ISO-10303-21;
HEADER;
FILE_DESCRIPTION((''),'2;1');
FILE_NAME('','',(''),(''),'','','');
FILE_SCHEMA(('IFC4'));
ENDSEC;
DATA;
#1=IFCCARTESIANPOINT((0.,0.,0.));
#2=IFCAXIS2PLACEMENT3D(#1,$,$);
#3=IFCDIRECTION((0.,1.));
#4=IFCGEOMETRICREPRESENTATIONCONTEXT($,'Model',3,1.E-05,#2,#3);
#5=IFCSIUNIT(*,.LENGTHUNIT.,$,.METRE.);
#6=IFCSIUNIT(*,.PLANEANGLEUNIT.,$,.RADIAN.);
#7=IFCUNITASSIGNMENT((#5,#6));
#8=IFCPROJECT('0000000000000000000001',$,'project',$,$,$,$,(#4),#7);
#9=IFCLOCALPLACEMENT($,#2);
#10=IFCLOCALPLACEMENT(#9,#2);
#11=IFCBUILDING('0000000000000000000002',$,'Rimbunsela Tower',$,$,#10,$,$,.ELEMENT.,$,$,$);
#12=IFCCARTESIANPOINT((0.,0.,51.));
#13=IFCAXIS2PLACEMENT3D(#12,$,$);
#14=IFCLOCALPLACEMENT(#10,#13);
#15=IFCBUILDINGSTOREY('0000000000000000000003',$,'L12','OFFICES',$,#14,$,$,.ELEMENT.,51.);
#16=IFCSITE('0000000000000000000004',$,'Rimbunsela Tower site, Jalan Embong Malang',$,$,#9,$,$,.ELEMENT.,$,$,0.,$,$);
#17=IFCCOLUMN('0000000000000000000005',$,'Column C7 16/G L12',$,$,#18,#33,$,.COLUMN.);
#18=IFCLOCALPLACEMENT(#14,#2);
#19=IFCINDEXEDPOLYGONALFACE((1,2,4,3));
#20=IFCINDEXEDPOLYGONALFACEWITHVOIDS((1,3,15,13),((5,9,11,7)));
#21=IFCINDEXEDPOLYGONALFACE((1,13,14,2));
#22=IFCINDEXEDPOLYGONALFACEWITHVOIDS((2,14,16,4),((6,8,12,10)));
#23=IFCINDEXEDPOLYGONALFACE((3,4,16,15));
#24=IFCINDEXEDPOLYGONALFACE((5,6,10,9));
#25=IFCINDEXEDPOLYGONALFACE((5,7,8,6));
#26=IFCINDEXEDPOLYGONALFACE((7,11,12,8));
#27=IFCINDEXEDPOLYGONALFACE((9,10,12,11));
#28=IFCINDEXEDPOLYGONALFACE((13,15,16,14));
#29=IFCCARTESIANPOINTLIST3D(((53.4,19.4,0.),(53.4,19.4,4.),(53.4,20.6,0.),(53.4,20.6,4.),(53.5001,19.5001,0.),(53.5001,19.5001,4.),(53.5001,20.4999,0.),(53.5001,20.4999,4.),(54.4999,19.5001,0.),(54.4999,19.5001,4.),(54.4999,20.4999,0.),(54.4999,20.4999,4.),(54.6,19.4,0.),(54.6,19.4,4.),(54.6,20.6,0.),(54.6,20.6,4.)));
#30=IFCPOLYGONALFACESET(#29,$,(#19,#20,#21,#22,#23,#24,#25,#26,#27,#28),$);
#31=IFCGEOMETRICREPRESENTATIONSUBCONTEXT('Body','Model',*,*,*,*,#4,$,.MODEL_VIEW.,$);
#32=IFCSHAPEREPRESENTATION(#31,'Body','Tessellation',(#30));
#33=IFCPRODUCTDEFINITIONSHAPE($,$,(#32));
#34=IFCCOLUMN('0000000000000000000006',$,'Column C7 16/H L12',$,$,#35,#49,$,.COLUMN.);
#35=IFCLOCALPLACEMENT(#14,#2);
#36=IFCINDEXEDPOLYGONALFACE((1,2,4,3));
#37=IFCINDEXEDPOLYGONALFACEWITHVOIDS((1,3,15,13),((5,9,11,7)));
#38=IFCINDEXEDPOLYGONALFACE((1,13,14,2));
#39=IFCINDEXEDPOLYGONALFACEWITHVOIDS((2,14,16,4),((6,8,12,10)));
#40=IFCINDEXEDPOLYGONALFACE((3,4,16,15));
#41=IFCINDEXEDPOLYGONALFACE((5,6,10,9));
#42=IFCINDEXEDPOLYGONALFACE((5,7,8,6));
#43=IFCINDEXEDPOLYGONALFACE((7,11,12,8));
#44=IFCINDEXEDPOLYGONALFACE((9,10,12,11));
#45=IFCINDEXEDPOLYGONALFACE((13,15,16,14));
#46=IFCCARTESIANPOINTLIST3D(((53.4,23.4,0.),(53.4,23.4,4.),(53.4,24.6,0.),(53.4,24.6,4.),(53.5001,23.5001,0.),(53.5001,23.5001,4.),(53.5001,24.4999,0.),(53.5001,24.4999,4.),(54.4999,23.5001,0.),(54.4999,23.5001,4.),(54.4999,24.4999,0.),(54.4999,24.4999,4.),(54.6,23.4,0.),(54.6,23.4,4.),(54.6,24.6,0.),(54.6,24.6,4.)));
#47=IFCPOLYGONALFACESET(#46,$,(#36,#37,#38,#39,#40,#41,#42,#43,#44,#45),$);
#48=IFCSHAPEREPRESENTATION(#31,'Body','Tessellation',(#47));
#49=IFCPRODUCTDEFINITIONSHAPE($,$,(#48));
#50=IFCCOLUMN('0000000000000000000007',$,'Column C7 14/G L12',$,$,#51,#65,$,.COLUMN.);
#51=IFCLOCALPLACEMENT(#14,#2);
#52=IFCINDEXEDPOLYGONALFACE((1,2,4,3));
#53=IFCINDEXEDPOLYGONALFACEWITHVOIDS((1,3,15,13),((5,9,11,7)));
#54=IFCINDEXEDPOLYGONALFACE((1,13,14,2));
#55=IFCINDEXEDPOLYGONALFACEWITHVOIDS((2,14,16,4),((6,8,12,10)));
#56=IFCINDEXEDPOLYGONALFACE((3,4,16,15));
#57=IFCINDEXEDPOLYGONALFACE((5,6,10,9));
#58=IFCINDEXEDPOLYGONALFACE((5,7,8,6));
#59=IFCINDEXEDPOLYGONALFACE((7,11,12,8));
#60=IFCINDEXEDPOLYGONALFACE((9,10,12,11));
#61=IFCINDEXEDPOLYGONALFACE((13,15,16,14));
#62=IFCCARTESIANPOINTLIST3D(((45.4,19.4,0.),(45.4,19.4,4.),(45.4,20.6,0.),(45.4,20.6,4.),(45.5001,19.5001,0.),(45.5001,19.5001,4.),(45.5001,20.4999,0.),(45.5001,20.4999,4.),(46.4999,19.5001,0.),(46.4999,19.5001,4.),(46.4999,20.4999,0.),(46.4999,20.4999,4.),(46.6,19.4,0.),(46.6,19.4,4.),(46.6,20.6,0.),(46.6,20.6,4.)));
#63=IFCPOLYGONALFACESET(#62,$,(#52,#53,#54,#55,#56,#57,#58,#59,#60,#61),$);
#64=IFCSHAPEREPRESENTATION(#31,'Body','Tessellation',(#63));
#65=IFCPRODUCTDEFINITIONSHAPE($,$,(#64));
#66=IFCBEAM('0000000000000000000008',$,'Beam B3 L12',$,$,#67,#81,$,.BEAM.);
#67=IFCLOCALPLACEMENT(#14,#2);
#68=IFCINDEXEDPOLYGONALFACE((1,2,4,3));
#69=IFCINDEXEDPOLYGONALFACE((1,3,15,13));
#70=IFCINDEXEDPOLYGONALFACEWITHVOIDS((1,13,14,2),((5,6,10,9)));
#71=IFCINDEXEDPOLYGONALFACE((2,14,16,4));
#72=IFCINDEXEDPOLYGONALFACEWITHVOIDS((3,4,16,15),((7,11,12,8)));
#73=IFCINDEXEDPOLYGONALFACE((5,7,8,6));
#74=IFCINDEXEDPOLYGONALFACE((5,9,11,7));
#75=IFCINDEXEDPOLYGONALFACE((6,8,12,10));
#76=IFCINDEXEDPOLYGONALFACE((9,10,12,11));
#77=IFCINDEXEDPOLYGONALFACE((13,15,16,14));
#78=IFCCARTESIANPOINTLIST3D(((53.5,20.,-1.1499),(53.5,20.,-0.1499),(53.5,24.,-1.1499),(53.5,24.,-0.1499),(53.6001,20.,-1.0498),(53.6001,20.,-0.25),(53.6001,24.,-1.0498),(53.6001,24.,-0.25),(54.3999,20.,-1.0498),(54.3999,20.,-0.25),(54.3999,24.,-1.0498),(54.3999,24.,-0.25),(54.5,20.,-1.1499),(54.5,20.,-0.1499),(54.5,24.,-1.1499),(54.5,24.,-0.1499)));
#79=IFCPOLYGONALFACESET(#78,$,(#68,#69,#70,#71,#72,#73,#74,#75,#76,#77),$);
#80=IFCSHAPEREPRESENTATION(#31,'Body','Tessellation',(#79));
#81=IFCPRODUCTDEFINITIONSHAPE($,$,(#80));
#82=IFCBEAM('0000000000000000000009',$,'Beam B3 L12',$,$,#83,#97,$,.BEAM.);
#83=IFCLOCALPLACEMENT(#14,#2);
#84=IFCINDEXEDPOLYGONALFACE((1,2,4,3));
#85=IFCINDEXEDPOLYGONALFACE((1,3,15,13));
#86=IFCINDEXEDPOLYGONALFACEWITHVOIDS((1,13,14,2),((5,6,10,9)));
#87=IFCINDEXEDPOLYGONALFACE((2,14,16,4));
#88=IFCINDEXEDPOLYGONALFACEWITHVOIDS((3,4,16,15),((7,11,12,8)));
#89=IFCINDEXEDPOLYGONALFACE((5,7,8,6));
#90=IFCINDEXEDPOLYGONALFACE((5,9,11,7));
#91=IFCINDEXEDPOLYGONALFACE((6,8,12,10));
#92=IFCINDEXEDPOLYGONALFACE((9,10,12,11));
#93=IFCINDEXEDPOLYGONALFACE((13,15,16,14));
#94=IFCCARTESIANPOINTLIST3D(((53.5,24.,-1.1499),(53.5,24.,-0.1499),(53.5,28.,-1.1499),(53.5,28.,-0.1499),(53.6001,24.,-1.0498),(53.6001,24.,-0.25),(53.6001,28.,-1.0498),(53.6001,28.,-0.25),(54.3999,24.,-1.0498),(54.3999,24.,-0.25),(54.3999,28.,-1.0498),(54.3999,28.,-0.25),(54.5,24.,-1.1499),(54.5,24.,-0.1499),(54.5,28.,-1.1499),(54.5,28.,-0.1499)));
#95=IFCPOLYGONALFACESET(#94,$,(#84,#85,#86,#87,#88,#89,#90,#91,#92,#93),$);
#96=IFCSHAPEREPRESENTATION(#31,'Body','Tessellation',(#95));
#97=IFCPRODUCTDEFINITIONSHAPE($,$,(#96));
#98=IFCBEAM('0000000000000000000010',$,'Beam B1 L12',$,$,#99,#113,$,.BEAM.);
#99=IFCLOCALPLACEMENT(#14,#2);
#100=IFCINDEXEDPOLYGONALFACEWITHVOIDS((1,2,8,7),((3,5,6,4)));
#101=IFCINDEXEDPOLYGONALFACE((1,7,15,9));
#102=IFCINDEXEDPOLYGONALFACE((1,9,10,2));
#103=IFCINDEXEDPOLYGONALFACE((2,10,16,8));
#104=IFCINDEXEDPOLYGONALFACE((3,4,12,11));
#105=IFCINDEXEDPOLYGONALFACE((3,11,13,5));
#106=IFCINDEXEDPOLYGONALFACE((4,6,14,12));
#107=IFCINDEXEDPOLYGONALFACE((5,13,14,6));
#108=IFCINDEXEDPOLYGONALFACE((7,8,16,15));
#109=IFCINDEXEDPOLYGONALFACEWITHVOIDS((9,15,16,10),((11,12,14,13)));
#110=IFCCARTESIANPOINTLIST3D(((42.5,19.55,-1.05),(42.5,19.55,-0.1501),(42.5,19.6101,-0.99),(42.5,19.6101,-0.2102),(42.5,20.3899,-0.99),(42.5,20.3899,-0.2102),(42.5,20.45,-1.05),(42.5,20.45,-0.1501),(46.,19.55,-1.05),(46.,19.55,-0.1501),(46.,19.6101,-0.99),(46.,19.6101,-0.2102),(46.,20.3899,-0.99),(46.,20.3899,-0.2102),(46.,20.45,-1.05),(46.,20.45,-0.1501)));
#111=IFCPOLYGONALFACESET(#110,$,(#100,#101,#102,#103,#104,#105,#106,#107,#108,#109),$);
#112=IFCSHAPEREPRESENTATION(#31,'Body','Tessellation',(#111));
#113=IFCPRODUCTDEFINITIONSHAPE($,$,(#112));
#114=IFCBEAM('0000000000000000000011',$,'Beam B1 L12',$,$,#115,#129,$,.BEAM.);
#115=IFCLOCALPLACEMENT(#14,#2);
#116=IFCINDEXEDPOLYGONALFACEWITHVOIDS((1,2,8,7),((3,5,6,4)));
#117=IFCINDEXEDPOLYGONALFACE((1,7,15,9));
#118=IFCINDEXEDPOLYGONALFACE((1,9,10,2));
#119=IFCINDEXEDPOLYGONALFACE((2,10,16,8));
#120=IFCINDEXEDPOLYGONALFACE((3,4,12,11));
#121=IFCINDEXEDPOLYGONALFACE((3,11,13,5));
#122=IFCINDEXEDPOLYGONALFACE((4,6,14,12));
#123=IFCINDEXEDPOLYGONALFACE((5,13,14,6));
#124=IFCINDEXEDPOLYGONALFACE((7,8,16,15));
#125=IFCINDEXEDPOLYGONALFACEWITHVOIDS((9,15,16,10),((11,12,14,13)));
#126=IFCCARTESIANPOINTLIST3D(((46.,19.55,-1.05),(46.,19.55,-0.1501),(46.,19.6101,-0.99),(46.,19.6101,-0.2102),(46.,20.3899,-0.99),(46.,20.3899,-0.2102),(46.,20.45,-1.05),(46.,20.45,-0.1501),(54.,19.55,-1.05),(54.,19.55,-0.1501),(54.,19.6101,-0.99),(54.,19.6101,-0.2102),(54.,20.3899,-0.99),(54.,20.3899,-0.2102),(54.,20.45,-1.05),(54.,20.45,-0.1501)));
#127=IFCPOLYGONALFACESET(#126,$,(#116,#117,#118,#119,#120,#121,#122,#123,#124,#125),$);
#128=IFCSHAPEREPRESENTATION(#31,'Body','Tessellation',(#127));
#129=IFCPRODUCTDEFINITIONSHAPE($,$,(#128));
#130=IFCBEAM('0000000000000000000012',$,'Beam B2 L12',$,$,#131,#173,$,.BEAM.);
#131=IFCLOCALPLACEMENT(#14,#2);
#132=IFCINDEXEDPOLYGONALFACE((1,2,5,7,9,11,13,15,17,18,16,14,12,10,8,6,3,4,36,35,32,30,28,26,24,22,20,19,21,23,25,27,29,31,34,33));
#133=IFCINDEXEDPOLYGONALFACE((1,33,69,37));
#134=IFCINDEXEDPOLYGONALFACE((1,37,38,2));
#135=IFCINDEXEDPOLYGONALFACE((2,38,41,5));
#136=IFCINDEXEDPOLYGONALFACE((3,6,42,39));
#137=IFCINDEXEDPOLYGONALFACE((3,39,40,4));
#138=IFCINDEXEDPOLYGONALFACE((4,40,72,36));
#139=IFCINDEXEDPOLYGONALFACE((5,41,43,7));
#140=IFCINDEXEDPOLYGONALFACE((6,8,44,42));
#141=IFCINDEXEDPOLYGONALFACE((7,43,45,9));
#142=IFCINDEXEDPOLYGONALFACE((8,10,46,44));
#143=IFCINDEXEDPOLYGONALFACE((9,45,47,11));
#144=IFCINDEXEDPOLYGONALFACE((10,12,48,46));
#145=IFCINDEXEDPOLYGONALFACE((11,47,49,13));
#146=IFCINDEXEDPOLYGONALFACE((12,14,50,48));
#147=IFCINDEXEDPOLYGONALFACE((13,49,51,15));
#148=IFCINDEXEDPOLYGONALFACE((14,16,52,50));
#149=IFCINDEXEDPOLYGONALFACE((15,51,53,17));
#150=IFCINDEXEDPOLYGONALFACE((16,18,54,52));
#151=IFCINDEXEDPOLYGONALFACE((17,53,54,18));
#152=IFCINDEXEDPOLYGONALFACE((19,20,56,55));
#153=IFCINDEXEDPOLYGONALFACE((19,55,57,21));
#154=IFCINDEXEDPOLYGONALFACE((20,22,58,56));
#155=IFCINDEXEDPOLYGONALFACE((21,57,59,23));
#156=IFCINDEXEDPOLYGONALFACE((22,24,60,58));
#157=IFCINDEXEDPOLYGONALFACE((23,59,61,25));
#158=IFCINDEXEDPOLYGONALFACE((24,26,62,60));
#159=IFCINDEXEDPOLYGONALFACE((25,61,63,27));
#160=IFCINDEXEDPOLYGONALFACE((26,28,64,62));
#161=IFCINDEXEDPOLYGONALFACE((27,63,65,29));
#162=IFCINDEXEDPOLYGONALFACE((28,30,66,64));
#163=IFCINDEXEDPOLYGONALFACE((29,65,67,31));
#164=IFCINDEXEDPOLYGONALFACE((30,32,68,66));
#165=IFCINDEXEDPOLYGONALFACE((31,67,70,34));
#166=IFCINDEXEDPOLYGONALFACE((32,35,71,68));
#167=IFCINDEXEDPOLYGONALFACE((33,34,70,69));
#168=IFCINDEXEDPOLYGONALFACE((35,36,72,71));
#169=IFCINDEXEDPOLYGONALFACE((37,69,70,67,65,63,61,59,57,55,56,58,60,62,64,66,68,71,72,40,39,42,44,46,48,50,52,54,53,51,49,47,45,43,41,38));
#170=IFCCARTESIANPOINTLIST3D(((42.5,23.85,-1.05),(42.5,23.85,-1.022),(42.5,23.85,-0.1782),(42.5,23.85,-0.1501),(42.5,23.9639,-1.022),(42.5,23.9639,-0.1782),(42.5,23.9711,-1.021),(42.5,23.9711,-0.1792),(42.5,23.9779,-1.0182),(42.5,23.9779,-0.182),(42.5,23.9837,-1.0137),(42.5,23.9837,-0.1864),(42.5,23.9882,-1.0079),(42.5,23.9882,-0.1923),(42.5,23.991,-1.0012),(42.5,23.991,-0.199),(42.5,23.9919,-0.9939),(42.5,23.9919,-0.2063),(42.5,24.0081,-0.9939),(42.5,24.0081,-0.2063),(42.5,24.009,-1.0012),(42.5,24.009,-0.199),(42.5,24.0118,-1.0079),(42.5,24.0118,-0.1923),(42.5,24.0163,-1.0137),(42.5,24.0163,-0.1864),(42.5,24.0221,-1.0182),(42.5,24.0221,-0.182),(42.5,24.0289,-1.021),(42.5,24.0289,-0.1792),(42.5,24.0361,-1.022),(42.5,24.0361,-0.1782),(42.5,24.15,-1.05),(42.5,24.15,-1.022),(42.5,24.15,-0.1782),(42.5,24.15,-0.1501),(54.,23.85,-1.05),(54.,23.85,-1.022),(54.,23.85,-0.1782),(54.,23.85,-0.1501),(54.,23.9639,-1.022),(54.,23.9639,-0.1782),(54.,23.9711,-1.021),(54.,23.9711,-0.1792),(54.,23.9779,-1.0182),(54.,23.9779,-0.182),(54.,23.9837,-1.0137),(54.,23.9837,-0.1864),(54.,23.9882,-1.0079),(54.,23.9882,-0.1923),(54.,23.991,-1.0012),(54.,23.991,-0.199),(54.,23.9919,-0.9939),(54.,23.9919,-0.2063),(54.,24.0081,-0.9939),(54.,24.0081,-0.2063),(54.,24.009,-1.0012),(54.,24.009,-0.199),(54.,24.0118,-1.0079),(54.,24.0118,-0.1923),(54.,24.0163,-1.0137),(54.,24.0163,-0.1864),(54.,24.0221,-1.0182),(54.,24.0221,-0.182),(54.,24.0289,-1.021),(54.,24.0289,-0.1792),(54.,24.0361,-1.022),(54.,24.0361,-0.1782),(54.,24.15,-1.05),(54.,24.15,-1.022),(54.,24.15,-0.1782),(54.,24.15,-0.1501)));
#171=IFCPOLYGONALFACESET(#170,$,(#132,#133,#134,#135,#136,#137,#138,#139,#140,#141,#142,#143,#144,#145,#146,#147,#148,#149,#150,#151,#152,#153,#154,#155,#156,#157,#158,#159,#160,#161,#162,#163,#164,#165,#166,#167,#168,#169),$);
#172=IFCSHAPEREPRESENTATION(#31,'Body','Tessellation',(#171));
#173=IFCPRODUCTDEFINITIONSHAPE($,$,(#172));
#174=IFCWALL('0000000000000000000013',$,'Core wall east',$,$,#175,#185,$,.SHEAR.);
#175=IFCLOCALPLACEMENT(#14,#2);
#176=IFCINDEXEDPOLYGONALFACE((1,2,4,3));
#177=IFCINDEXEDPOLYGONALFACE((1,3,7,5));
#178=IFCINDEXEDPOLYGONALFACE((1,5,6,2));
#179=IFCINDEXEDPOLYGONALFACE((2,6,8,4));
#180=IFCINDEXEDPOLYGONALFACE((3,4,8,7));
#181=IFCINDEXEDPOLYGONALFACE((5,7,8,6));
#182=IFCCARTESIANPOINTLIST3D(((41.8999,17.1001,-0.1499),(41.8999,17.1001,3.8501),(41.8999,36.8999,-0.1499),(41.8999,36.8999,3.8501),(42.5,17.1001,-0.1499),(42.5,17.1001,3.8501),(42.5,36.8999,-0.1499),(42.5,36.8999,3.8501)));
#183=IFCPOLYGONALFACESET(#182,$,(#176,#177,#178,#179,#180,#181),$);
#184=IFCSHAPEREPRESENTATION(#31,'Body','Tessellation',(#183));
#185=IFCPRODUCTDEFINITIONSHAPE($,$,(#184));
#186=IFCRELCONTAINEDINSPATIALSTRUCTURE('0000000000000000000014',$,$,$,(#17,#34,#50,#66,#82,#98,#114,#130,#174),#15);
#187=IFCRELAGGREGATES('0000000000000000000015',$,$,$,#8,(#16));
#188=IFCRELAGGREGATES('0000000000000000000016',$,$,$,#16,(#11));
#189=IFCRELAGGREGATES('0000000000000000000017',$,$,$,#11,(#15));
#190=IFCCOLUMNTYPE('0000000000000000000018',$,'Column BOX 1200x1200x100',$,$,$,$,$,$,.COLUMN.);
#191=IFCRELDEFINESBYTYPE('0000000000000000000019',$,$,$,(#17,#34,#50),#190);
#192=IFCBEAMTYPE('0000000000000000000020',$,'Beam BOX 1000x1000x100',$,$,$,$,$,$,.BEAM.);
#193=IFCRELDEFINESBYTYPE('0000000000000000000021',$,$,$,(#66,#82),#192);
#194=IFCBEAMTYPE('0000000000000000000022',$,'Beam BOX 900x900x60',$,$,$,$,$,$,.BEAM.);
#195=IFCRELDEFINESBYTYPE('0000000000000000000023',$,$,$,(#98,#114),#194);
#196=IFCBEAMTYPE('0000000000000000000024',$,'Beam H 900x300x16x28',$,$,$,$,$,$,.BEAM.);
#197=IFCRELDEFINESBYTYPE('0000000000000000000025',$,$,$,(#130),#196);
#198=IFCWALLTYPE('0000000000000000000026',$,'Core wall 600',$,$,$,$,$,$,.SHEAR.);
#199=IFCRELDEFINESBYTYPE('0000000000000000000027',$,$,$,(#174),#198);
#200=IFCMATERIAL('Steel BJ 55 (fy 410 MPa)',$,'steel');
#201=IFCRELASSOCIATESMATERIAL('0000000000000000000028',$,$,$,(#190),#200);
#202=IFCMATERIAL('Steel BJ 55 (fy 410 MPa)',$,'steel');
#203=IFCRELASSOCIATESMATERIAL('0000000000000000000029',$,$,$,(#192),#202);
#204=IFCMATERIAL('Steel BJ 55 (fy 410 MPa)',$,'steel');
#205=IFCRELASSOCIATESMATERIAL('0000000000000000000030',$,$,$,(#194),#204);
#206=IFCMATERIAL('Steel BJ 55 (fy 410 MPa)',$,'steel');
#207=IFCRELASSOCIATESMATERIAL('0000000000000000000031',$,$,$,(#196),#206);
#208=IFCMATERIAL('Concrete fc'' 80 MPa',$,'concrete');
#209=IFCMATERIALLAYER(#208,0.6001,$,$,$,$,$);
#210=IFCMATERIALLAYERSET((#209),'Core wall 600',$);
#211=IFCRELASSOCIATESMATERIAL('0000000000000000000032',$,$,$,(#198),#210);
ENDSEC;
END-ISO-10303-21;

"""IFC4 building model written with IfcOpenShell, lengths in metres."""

from ifc_helpers import new_model, si_unit, direction, frame, frame_2d, origin, origin_2d, place, context, subcontext, project, spatial, rectangle, hollow_rectangle, i_section, extrude, material, layer, layer_set, material_profile, profile_set, type_object, element, save


model = new_model("IFC4")

# Units and contexts
model_context = context("Model", 3, precision=1e-05, world=origin(), true_north=direction((0.0, 1.0)))
body_context = subcontext(model_context, "Body", "Model", "MODEL_VIEW")
ifc_project = project(units=[si_unit("LENGTHUNIT", "METRE"), si_unit("PLANEANGLEUNIT", "RADIAN")], contexts=[model_context])

# Site, building, storey
site_placement = place(None, origin())
site = spatial("IfcSite", under=ifc_project, at=site_placement, Name="Rimbunsela Tower site, Jalan Embong Malang", CompositionType="ELEMENT", RefElevation=0.0)
building_placement = place(site_placement, origin())
building = spatial("IfcBuilding", under=site, at=building_placement, Name="Rimbunsela Tower", CompositionType="ELEMENT")
storey_placement = place(building_placement, frame((0.0, 0.0, 51.0)))
storey = spatial("IfcBuildingStorey", under=building, at=storey_placement, Name="L12", Description="OFFICES", CompositionType="ELEMENT", Elevation=51.0)

# Columns
ifc_material_1 = material(Name="Steel BJ 55 (fy 410 MPa)", Category="steel")
ifc_material_profile_1 = material_profile(ifc_material_1, hollow_rectangle(XDim=1.2, YDim=1.2, WallThickness=0.1001, at=origin_2d()), Name="BOX 1200x1200x100")
ifc_profile_set_1 = profile_set([ifc_material_profile_1], Name="Steel BJ 55 (fy 410 MPa)")
column_type = type_object("IfcColumnType", Name="Column BOX 1200x1200x100", PredefinedType="COLUMN", material=ifc_profile_set_1)
for number, where, z_axis, x_axis, name in (
    (1, (54.0, 20.0, 0.0), (0.0, 0.0, 1.0), (1.0, 0.0, 0.0), "Column C7 16/G L12"),
    (2, (54.0, 24.0, 0.0), (0.0, 0.0, 1.0), (1.0, 0.0, 0.0), "Column C7 16/H L12"),
    (3, (46.0, 20.0, 0.0), (0.0, 0.0, 1.0), (1.0, 0.0, 0.0), "Column C7 14/G L12"),
):
    element("IfcColumn", number, at=place(storey_placement, frame(where, z_axis=z_axis, x_axis=x_axis)), inside=storey, type_object=column_type, Name=name, PredefinedType="COLUMN", context=body_context, shape_type="SweptSolid", body=[
        extrude(hollow_rectangle(XDim=1.2, YDim=1.2, WallThickness=0.1001, at=origin_2d()), origin(), (0.0, 0.0, 1.0), 4.0),
    ])

# Beams
ifc_material_2 = material(Name="Steel BJ 55 (fy 410 MPa)", Category="steel")
ifc_material_profile_2 = material_profile(ifc_material_2, hollow_rectangle(XDim=1.0, YDim=1.0, WallThickness=0.1001, at=origin_2d()), Name="BOX 1000x1000x100")
ifc_profile_set_2 = profile_set([ifc_material_profile_2], Name="Steel BJ 55 (fy 410 MPa)")
beam_type_1 = type_object("IfcBeamType", Name="Beam BOX 1000x1000x100", PredefinedType="BEAM", material=ifc_profile_set_2)
for number, where, z_axis, x_axis, name in (
    (4, (54.0, 20.0, -0.6499), (0.0, 1.0, 0.0), (-1.0, 0.0, 0.0), "Beam B3 L12"),
    (5, (54.0, 24.0, -0.6499), (0.0, 1.0, 0.0), (-1.0, 0.0, 0.0), "Beam B3 L12"),
):
    element("IfcBeam", number, at=place(storey_placement, frame(where, z_axis=z_axis, x_axis=x_axis)), inside=storey, type_object=beam_type_1, Name=name, PredefinedType="BEAM", context=body_context, shape_type="SweptSolid", body=[
        extrude(hollow_rectangle(XDim=1.0, YDim=1.0, WallThickness=0.1001, at=origin_2d()), origin(), (0.0, 0.0, 1.0), 4.0),
    ])
ifc_material_3 = material(Name="Steel BJ 55 (fy 410 MPa)", Category="steel")
ifc_material_profile_3 = material_profile(ifc_material_3, hollow_rectangle(XDim=0.8999, YDim=0.8999, WallThickness=0.0601, at=origin_2d()), Name="BOX 900x900x60")
ifc_profile_set_3 = profile_set([ifc_material_profile_3], Name="Steel BJ 55 (fy 410 MPa)")
beam_type_2 = type_object("IfcBeamType", Name="Beam BOX 900x900x60", PredefinedType="BEAM", material=ifc_profile_set_3)
beam_1_placement = place(storey_placement, frame((42.5, 20.0, -0.6001), z_axis=(1.0, 0.0, 0.0), x_axis=(0.0, 1.0, 0.0)))
element("IfcBeam", 6, at=beam_1_placement, inside=storey, type_object=beam_type_2, Name="Beam B1 L12", PredefinedType="BEAM", context=body_context, shape_type="SweptSolid", body=[
    extrude(hollow_rectangle(XDim=0.8999, YDim=0.8999, WallThickness=0.0601, at=origin_2d()), origin(), (0.0, 0.0, 1.0), 3.5),
])
beam_2_placement = place(storey_placement, frame((46.0, 20.0, -0.6001), z_axis=(1.0, 0.0, 0.0), x_axis=(0.0, 1.0, 0.0)))
element("IfcBeam", 7, at=beam_2_placement, inside=storey, type_object=beam_type_2, Name="Beam B1 L12", PredefinedType="BEAM", context=body_context, shape_type="SweptSolid", body=[
    extrude(hollow_rectangle(XDim=0.8999, YDim=0.8999, WallThickness=0.0601, at=origin_2d()), origin(), (0.0, 0.0, 1.0), 8.0),
])
ifc_material_4 = material(Name="Steel BJ 55 (fy 410 MPa)", Category="steel")
ifc_material_profile_4 = material_profile(ifc_material_4, i_section(OverallWidth=0.3, OverallDepth=0.8999, WebThickness=0.0161, FlangeThickness=0.0281, FilletRadius=0.0281, at=origin_2d()), Name="H 900x300x16x28")
ifc_profile_set_4 = profile_set([ifc_material_profile_4], Name="Steel BJ 55 (fy 410 MPa)")
beam_type_3 = type_object("IfcBeamType", Name="Beam H 900x300x16x28", PredefinedType="BEAM", material=ifc_profile_set_4)
beam_3_placement = place(storey_placement, frame((42.5, 24.0, -0.6001), z_axis=(1.0, 0.0, 0.0), x_axis=(0.0, 1.0, 0.0)))
element("IfcBeam", 8, at=beam_3_placement, inside=storey, type_object=beam_type_3, Name="Beam B2 L12", PredefinedType="BEAM", context=body_context, shape_type="SweptSolid", body=[
    extrude(i_section(OverallWidth=0.3, OverallDepth=0.8999, WebThickness=0.0161, FlangeThickness=0.0281, FilletRadius=0.0281, at=origin_2d()), origin(), (0.0, 0.0, 1.0), 11.5),
])

# Wall
ifc_material_5 = material(Name="Concrete fc' 80 MPa", Category="concrete")
ifc_layer_1 = layer(ifc_material_5, 0.6001)
ifc_layer_set_1 = layer_set([ifc_layer_1], Name="Core wall 600")
wall_type_1 = type_object("IfcWallType", Name="Core wall 600", PredefinedType="SHEAR", material=ifc_layer_set_1)
wall_1_placement = place(storey_placement, frame((42.2, 17.1001, -0.1499), z_axis=(0.0, 0.0, 1.0), x_axis=(0.0, 1.0, 0.0)))
element("IfcWall", 9, at=wall_1_placement, inside=storey, type_object=wall_type_1, Name="Core wall east", PredefinedType="SHEAR", context=body_context, shape_type="SweptSolid", body=[
    extrude(rectangle(XDim=19.7998, YDim=0.6001, at=frame_2d((9.8999, 0.0))), origin(), (0.0, 0.0, 1.0), 4.0),
])

save(model, "model.ifc")
